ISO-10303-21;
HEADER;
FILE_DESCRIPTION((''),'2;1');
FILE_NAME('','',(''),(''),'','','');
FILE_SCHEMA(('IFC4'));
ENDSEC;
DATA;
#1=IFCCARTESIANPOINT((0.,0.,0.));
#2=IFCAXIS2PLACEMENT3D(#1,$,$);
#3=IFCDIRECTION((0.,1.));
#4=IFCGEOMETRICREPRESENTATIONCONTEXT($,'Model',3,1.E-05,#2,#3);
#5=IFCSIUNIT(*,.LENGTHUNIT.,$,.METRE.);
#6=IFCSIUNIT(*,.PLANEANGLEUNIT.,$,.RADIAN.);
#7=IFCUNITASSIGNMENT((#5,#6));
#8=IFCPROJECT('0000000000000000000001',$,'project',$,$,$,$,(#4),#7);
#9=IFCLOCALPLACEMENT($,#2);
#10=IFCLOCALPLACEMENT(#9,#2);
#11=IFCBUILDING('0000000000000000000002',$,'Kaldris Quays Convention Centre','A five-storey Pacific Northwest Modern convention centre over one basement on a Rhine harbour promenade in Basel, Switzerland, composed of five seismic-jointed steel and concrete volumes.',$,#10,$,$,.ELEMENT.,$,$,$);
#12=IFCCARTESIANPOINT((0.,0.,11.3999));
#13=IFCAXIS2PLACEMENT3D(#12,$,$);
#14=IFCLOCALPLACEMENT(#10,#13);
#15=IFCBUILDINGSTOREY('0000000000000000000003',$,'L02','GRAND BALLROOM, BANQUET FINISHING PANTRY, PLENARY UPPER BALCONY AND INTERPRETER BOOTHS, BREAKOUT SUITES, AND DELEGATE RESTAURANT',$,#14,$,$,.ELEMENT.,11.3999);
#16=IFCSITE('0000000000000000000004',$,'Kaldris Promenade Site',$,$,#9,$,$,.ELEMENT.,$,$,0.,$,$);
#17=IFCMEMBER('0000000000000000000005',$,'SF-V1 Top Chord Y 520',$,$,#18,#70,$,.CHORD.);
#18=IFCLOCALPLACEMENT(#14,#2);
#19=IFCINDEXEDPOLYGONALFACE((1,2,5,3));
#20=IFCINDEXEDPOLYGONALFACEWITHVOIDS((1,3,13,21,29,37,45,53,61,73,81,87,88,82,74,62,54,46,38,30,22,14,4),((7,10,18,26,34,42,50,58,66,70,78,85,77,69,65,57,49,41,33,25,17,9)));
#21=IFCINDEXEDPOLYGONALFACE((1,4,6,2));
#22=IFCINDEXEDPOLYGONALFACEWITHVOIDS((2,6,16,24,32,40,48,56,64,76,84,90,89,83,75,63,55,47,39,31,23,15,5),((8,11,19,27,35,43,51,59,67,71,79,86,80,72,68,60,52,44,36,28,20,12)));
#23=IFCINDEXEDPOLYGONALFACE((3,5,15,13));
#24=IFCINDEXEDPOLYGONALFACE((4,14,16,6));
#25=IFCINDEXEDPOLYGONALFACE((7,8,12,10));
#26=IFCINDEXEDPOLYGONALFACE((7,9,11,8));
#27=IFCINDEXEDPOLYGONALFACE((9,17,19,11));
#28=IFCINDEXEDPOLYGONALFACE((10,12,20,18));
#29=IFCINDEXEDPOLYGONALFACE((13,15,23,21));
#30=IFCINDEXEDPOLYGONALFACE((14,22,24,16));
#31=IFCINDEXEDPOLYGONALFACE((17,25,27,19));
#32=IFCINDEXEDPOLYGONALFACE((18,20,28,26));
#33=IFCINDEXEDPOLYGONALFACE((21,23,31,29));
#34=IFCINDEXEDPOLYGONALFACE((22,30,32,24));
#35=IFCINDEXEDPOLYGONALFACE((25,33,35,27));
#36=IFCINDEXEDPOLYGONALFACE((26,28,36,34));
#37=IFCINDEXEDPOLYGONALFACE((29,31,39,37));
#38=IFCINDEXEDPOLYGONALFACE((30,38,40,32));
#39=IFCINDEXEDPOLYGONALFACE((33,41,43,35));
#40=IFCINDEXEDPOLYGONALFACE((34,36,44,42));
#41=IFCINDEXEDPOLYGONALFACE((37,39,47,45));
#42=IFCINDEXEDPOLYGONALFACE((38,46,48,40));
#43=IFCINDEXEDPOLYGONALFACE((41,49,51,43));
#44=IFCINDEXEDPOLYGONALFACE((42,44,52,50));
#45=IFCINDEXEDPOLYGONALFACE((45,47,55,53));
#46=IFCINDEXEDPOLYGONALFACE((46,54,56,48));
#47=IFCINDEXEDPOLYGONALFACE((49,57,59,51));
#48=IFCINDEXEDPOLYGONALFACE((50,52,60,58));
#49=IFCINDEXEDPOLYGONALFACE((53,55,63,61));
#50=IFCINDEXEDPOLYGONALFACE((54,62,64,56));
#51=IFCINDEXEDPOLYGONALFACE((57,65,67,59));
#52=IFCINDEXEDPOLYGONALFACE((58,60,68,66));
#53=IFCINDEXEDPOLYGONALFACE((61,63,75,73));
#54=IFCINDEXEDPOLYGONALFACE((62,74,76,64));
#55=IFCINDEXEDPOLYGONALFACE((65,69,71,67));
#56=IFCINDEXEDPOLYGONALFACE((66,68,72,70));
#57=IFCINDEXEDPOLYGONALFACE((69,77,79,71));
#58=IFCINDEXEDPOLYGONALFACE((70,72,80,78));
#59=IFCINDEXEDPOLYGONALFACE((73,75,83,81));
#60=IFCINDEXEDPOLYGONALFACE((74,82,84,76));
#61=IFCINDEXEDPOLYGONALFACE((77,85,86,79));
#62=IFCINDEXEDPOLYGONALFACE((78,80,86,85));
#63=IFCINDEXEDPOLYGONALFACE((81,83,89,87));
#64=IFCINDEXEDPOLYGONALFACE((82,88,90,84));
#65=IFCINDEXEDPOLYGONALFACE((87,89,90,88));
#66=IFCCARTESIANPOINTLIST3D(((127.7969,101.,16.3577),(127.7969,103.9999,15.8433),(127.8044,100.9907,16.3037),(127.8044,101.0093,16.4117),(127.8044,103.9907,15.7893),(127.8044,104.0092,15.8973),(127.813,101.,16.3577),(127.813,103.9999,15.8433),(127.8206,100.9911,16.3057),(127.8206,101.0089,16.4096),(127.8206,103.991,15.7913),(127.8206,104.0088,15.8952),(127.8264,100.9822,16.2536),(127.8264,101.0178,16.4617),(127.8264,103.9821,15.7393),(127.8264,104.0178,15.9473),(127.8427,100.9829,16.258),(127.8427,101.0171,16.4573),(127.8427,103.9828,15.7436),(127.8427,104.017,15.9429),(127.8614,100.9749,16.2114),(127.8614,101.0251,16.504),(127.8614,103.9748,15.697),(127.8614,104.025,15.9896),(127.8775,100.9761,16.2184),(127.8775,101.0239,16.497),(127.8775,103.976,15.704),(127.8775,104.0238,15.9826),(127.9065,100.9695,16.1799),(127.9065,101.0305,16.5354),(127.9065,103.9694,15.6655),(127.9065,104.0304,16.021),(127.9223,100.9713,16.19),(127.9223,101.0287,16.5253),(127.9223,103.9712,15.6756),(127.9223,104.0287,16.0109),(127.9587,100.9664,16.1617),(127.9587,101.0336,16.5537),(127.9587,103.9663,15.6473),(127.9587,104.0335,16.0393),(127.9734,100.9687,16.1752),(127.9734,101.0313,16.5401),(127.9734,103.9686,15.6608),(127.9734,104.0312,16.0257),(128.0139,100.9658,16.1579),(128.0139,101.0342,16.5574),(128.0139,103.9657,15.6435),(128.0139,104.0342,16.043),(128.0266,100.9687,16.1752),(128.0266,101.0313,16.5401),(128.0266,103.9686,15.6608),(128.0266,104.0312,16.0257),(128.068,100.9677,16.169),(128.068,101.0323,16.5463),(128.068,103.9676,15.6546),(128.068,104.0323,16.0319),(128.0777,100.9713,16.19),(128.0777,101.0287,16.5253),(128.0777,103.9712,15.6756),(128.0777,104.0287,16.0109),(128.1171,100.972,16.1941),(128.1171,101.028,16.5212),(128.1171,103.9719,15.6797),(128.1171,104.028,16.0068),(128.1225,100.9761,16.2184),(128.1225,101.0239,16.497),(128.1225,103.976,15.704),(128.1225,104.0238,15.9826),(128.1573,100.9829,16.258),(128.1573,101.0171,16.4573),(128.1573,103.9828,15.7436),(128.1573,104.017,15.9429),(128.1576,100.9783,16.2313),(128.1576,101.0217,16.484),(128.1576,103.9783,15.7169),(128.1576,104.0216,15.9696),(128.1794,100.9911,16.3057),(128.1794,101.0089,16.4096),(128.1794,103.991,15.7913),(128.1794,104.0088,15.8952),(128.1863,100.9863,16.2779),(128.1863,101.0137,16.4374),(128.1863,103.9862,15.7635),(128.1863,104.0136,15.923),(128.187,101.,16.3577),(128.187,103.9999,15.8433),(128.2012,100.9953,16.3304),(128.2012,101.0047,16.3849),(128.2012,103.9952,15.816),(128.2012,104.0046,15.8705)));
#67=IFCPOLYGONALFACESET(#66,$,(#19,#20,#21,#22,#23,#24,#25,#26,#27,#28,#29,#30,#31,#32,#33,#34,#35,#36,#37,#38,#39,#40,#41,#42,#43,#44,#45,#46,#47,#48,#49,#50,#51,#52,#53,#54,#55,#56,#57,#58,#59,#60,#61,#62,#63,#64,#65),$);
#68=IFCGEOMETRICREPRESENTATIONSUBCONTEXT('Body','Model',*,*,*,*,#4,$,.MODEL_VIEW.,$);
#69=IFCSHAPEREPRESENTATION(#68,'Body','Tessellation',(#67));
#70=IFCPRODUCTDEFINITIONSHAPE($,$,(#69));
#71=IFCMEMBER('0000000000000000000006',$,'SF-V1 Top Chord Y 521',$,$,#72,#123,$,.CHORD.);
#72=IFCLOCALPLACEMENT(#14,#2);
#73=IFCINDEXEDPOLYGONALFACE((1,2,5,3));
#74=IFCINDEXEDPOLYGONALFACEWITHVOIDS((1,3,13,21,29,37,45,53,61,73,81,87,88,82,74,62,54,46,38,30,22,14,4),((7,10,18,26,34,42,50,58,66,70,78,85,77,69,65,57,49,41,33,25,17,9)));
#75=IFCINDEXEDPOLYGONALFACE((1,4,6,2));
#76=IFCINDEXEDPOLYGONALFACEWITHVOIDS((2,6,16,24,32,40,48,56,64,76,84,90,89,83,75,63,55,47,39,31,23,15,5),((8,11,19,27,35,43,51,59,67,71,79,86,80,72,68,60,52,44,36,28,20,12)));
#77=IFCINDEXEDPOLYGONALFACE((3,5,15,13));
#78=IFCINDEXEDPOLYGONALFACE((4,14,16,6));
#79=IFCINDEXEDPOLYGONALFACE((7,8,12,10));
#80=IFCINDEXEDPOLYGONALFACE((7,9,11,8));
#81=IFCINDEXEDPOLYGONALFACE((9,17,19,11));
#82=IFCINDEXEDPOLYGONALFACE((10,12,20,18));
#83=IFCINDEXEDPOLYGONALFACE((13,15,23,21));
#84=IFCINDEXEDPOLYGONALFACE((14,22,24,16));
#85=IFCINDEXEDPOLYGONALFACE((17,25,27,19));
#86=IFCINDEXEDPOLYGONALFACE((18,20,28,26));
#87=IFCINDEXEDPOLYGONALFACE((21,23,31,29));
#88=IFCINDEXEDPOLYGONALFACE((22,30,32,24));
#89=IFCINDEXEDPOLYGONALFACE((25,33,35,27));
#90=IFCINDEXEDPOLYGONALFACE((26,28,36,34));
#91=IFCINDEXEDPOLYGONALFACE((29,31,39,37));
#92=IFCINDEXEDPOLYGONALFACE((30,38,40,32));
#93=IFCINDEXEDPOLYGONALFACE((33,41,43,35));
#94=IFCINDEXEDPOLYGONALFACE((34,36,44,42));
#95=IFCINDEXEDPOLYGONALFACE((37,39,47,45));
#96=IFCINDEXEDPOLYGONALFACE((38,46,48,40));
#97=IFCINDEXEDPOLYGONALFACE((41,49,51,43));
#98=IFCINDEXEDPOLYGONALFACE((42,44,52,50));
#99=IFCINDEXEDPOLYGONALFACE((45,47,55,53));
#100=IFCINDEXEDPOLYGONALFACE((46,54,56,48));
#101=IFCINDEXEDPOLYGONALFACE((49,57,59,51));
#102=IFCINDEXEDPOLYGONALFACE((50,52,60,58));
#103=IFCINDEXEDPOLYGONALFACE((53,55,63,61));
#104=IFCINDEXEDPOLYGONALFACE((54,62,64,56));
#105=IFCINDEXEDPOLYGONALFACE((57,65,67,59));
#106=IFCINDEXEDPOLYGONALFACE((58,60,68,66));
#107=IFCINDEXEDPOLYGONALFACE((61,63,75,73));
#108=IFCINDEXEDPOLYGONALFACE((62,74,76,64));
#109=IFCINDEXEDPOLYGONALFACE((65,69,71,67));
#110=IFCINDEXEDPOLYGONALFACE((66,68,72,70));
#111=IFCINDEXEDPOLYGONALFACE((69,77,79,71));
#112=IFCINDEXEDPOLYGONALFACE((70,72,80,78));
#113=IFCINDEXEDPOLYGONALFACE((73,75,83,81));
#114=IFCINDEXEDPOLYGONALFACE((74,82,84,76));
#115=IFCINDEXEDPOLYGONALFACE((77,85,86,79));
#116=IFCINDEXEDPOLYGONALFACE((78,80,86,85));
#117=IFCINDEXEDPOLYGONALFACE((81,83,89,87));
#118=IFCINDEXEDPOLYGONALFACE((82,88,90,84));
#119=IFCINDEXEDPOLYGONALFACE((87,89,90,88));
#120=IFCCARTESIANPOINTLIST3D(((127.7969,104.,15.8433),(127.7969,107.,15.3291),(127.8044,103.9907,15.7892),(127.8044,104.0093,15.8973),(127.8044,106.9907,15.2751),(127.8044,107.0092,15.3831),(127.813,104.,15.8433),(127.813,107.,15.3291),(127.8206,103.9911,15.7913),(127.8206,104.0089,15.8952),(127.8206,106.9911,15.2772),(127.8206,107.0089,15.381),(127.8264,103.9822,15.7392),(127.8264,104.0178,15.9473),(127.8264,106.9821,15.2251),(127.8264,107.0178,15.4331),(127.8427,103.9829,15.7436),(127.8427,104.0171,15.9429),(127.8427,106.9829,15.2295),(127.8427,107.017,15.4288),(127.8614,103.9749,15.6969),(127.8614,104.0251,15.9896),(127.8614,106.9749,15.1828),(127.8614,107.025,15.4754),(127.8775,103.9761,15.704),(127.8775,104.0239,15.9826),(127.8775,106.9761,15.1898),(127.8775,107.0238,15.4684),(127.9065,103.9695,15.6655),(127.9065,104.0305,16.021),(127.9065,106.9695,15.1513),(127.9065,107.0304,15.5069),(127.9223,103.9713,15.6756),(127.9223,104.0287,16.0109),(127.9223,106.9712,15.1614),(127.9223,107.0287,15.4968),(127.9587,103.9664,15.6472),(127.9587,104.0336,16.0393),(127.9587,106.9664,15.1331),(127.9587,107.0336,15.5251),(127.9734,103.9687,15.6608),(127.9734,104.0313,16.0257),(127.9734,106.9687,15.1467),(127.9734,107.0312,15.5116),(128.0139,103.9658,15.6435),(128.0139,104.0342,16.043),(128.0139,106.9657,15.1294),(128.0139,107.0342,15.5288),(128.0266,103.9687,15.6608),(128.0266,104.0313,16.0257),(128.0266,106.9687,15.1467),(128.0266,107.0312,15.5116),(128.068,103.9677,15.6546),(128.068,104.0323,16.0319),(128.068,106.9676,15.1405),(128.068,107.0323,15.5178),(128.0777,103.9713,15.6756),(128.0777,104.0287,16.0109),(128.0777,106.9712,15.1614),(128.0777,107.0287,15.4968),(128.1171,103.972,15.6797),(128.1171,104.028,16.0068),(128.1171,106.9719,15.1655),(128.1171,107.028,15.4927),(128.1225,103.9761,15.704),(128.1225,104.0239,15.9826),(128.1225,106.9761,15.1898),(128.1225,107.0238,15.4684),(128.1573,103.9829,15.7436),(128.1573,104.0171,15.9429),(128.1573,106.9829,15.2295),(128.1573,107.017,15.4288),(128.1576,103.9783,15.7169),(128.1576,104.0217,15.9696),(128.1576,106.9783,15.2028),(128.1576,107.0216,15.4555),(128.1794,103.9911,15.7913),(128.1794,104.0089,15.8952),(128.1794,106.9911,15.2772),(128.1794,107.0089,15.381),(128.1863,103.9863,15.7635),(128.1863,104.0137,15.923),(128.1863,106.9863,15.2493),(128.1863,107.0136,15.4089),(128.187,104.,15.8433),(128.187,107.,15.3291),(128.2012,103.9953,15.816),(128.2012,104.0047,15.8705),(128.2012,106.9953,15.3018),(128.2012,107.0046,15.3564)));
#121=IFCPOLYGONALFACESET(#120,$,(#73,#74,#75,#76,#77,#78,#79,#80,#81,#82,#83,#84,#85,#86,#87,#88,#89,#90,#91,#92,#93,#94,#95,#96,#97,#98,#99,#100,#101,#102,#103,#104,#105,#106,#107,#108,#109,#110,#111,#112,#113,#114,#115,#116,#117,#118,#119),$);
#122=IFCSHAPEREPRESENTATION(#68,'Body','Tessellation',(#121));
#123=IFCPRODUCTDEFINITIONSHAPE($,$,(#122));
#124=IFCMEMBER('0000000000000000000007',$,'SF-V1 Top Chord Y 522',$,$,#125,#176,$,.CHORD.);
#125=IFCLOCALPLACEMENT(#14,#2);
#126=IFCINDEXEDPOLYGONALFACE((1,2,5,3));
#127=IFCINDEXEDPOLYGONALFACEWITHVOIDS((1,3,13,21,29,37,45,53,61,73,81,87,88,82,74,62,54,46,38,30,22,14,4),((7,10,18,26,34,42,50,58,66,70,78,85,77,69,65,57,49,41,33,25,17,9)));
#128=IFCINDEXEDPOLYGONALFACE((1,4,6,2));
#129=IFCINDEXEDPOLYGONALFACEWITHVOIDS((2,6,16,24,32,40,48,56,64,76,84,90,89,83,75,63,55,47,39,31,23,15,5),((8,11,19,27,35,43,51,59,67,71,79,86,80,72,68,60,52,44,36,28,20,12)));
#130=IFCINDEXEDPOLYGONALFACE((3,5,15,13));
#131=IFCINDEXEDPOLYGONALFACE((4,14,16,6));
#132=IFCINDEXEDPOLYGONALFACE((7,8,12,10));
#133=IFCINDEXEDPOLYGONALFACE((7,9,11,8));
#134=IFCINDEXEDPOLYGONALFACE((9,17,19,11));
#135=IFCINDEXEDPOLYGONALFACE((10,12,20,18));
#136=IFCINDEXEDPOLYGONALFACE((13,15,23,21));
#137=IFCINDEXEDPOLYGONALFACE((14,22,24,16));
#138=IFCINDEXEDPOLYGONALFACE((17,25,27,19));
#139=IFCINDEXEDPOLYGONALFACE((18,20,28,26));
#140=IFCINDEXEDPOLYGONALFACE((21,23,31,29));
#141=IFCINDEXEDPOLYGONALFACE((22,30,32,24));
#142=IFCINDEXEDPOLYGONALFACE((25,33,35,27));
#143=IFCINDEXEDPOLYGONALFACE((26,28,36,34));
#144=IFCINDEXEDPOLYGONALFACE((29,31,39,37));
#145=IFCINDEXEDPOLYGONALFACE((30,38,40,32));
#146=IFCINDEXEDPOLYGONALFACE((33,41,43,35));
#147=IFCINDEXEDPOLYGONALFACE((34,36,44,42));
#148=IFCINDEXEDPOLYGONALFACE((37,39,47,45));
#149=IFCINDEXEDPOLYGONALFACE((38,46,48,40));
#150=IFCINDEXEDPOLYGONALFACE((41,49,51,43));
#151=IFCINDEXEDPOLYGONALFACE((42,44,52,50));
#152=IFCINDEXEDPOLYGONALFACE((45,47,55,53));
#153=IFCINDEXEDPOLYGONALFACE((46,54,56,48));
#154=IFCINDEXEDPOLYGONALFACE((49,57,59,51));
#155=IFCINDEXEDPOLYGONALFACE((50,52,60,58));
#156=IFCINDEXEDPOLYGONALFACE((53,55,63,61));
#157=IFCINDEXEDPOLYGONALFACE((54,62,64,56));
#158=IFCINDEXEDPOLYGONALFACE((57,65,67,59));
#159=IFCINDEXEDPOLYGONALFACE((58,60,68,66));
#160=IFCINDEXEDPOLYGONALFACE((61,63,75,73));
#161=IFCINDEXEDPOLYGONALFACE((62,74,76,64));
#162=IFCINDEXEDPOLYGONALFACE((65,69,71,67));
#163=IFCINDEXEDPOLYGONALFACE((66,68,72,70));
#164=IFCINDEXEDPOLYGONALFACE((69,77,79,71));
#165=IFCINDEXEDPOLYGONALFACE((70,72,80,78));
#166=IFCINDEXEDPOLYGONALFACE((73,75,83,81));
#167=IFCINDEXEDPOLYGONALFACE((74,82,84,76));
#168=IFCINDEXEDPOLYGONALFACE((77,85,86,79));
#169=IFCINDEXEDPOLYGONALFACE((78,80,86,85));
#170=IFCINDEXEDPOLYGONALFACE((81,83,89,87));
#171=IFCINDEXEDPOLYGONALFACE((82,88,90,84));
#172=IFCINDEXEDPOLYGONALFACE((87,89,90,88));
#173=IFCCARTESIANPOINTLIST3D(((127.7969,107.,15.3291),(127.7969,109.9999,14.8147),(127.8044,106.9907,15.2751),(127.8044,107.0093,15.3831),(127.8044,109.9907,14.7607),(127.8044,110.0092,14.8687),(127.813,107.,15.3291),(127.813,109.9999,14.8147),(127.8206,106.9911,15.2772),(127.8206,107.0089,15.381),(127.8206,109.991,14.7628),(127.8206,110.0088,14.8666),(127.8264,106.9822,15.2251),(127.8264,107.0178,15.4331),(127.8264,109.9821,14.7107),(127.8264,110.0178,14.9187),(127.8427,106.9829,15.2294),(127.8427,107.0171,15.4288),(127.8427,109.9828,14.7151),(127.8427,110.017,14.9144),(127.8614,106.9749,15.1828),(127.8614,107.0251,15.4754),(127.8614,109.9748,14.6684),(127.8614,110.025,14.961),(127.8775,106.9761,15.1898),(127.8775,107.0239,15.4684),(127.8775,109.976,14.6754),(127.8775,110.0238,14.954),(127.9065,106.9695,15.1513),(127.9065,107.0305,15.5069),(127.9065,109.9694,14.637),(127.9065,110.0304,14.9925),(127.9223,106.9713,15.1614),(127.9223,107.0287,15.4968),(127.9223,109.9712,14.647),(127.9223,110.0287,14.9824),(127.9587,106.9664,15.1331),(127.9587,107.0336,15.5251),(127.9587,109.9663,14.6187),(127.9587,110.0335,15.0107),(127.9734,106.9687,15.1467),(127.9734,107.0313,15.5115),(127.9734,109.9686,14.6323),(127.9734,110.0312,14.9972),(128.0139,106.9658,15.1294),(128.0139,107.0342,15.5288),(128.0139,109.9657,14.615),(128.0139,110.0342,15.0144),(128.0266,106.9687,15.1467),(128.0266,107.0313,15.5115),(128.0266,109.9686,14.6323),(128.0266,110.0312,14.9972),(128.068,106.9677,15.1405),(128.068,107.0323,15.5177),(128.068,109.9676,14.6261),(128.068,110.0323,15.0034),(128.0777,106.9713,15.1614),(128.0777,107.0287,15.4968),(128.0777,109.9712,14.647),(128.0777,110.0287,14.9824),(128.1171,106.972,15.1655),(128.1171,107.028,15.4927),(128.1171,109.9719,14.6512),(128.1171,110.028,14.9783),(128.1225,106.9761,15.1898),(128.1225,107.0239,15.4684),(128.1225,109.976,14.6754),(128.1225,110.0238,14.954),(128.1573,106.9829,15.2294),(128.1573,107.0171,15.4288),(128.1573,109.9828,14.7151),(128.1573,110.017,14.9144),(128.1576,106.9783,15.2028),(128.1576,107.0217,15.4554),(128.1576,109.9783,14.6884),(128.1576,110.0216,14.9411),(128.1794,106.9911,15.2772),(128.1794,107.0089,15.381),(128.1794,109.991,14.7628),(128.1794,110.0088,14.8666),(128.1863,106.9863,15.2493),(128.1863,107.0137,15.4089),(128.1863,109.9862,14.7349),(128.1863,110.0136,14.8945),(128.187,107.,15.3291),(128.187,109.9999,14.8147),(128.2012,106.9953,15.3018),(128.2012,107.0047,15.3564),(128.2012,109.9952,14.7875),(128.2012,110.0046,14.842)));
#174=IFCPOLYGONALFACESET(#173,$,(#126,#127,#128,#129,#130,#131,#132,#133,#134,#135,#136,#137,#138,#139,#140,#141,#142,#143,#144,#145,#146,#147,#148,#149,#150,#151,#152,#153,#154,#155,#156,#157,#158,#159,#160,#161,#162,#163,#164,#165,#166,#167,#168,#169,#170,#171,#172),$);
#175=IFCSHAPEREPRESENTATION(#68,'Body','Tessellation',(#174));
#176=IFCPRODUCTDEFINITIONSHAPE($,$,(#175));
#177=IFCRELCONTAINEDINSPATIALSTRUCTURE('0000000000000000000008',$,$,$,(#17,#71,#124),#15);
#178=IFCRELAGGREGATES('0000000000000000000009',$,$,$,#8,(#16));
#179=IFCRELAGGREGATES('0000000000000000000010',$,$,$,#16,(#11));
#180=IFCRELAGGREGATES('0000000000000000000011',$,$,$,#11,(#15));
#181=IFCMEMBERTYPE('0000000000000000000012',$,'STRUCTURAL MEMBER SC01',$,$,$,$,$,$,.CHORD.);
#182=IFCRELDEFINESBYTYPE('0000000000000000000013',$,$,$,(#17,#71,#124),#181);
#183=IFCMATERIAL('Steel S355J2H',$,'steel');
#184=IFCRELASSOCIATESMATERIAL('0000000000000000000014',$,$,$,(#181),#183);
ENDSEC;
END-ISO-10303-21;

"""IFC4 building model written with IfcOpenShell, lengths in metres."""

from ifc_helpers import new_model, si_unit, direction, frame, origin, origin_2d, place, context, subcontext, project, spatial, hollow_circle, extrude, material, material_profile, profile_set, type_object, element, save


model = new_model("IFC4")

# Units and contexts
model_context = context("Model", 3, precision=1e-05, world=origin(), true_north=direction((0.0, 1.0)))
body_context = subcontext(model_context, "Body", "Model", "MODEL_VIEW")
ifc_project = project(units=[si_unit("LENGTHUNIT", "METRE"), si_unit("PLANEANGLEUNIT", "RADIAN")], contexts=[model_context])

# Site, building, storey
site_placement = place(None, origin())
site = spatial("IfcSite", under=ifc_project, at=site_placement, Name="Kaldris Promenade Site", CompositionType="ELEMENT", RefElevation=0.0)
building_placement = place(site_placement, origin())
building = spatial("IfcBuilding", under=site, at=building_placement, Name="Kaldris Quays Convention Centre", Description="A five-storey Pacific Northwest Modern convention centre over one basement on a Rhine harbour promenade in Basel, Switzerland, composed of five seismic-jointed steel and concrete volumes.", CompositionType="ELEMENT")
storey_placement = place(building_placement, frame((0.0, 0.0, 11.3999)))
storey = spatial("IfcBuildingStorey", under=building, at=storey_placement, Name="L02", Description="GRAND BALLROOM, BANQUET FINISHING PANTRY, PLENARY UPPER BALCONY AND INTERPRETER BOOTHS, BREAKOUT SUITES, AND DELEGATE RESTAURANT", CompositionType="ELEMENT", Elevation=11.3999)

# Members
ifc_material_1 = material(Name="Steel S355J2H", Category="steel")
ifc_material_profile_1 = material_profile(ifc_material_1, hollow_circle(Radius=0.2031, WallThickness=0.0161, at=origin_2d()), Name="CHS 406.4x16")
ifc_profile_set_1 = profile_set([ifc_material_profile_1], Name="Steel S355J2H")
member_type_1 = type_object("IfcMemberType", Name="STRUCTURAL MEMBER SC01", PredefinedType="CHORD", material=ifc_profile_set_1)
for number, where, z_axis, x_axis, name in (
    (1, (128.0, 101.0, 16.3577), (0.0, 0.985616, -0.169002), (-1.0, 0.0, 0.0), "SF-V1 Top Chord Y 520"),
    (2, (128.0, 104.0, 15.8433), (0.0, 0.985629, -0.168924), (-1.0, 0.0, 0.0), "SF-V1 Top Chord Y 521"),
    (3, (128.0, 107.0, 15.3291), (0.0, 0.985616, -0.169002), (-1.0, 0.0, 0.0), "SF-V1 Top Chord Y 522"),
):
    element("IfcMember", number, at=place(storey_placement, frame(where, z_axis=z_axis, x_axis=x_axis)), inside=storey, type_object=member_type_1, Name=name, PredefinedType="CHORD", context=body_context, shape_type="SweptSolid", body=[
        extrude(hollow_circle(Radius=0.2031, WallThickness=0.0161, at=origin_2d()), origin(), (0.0, 0.0, 1.0), 3.0437),
    ])

save(model, "model.ifc")
